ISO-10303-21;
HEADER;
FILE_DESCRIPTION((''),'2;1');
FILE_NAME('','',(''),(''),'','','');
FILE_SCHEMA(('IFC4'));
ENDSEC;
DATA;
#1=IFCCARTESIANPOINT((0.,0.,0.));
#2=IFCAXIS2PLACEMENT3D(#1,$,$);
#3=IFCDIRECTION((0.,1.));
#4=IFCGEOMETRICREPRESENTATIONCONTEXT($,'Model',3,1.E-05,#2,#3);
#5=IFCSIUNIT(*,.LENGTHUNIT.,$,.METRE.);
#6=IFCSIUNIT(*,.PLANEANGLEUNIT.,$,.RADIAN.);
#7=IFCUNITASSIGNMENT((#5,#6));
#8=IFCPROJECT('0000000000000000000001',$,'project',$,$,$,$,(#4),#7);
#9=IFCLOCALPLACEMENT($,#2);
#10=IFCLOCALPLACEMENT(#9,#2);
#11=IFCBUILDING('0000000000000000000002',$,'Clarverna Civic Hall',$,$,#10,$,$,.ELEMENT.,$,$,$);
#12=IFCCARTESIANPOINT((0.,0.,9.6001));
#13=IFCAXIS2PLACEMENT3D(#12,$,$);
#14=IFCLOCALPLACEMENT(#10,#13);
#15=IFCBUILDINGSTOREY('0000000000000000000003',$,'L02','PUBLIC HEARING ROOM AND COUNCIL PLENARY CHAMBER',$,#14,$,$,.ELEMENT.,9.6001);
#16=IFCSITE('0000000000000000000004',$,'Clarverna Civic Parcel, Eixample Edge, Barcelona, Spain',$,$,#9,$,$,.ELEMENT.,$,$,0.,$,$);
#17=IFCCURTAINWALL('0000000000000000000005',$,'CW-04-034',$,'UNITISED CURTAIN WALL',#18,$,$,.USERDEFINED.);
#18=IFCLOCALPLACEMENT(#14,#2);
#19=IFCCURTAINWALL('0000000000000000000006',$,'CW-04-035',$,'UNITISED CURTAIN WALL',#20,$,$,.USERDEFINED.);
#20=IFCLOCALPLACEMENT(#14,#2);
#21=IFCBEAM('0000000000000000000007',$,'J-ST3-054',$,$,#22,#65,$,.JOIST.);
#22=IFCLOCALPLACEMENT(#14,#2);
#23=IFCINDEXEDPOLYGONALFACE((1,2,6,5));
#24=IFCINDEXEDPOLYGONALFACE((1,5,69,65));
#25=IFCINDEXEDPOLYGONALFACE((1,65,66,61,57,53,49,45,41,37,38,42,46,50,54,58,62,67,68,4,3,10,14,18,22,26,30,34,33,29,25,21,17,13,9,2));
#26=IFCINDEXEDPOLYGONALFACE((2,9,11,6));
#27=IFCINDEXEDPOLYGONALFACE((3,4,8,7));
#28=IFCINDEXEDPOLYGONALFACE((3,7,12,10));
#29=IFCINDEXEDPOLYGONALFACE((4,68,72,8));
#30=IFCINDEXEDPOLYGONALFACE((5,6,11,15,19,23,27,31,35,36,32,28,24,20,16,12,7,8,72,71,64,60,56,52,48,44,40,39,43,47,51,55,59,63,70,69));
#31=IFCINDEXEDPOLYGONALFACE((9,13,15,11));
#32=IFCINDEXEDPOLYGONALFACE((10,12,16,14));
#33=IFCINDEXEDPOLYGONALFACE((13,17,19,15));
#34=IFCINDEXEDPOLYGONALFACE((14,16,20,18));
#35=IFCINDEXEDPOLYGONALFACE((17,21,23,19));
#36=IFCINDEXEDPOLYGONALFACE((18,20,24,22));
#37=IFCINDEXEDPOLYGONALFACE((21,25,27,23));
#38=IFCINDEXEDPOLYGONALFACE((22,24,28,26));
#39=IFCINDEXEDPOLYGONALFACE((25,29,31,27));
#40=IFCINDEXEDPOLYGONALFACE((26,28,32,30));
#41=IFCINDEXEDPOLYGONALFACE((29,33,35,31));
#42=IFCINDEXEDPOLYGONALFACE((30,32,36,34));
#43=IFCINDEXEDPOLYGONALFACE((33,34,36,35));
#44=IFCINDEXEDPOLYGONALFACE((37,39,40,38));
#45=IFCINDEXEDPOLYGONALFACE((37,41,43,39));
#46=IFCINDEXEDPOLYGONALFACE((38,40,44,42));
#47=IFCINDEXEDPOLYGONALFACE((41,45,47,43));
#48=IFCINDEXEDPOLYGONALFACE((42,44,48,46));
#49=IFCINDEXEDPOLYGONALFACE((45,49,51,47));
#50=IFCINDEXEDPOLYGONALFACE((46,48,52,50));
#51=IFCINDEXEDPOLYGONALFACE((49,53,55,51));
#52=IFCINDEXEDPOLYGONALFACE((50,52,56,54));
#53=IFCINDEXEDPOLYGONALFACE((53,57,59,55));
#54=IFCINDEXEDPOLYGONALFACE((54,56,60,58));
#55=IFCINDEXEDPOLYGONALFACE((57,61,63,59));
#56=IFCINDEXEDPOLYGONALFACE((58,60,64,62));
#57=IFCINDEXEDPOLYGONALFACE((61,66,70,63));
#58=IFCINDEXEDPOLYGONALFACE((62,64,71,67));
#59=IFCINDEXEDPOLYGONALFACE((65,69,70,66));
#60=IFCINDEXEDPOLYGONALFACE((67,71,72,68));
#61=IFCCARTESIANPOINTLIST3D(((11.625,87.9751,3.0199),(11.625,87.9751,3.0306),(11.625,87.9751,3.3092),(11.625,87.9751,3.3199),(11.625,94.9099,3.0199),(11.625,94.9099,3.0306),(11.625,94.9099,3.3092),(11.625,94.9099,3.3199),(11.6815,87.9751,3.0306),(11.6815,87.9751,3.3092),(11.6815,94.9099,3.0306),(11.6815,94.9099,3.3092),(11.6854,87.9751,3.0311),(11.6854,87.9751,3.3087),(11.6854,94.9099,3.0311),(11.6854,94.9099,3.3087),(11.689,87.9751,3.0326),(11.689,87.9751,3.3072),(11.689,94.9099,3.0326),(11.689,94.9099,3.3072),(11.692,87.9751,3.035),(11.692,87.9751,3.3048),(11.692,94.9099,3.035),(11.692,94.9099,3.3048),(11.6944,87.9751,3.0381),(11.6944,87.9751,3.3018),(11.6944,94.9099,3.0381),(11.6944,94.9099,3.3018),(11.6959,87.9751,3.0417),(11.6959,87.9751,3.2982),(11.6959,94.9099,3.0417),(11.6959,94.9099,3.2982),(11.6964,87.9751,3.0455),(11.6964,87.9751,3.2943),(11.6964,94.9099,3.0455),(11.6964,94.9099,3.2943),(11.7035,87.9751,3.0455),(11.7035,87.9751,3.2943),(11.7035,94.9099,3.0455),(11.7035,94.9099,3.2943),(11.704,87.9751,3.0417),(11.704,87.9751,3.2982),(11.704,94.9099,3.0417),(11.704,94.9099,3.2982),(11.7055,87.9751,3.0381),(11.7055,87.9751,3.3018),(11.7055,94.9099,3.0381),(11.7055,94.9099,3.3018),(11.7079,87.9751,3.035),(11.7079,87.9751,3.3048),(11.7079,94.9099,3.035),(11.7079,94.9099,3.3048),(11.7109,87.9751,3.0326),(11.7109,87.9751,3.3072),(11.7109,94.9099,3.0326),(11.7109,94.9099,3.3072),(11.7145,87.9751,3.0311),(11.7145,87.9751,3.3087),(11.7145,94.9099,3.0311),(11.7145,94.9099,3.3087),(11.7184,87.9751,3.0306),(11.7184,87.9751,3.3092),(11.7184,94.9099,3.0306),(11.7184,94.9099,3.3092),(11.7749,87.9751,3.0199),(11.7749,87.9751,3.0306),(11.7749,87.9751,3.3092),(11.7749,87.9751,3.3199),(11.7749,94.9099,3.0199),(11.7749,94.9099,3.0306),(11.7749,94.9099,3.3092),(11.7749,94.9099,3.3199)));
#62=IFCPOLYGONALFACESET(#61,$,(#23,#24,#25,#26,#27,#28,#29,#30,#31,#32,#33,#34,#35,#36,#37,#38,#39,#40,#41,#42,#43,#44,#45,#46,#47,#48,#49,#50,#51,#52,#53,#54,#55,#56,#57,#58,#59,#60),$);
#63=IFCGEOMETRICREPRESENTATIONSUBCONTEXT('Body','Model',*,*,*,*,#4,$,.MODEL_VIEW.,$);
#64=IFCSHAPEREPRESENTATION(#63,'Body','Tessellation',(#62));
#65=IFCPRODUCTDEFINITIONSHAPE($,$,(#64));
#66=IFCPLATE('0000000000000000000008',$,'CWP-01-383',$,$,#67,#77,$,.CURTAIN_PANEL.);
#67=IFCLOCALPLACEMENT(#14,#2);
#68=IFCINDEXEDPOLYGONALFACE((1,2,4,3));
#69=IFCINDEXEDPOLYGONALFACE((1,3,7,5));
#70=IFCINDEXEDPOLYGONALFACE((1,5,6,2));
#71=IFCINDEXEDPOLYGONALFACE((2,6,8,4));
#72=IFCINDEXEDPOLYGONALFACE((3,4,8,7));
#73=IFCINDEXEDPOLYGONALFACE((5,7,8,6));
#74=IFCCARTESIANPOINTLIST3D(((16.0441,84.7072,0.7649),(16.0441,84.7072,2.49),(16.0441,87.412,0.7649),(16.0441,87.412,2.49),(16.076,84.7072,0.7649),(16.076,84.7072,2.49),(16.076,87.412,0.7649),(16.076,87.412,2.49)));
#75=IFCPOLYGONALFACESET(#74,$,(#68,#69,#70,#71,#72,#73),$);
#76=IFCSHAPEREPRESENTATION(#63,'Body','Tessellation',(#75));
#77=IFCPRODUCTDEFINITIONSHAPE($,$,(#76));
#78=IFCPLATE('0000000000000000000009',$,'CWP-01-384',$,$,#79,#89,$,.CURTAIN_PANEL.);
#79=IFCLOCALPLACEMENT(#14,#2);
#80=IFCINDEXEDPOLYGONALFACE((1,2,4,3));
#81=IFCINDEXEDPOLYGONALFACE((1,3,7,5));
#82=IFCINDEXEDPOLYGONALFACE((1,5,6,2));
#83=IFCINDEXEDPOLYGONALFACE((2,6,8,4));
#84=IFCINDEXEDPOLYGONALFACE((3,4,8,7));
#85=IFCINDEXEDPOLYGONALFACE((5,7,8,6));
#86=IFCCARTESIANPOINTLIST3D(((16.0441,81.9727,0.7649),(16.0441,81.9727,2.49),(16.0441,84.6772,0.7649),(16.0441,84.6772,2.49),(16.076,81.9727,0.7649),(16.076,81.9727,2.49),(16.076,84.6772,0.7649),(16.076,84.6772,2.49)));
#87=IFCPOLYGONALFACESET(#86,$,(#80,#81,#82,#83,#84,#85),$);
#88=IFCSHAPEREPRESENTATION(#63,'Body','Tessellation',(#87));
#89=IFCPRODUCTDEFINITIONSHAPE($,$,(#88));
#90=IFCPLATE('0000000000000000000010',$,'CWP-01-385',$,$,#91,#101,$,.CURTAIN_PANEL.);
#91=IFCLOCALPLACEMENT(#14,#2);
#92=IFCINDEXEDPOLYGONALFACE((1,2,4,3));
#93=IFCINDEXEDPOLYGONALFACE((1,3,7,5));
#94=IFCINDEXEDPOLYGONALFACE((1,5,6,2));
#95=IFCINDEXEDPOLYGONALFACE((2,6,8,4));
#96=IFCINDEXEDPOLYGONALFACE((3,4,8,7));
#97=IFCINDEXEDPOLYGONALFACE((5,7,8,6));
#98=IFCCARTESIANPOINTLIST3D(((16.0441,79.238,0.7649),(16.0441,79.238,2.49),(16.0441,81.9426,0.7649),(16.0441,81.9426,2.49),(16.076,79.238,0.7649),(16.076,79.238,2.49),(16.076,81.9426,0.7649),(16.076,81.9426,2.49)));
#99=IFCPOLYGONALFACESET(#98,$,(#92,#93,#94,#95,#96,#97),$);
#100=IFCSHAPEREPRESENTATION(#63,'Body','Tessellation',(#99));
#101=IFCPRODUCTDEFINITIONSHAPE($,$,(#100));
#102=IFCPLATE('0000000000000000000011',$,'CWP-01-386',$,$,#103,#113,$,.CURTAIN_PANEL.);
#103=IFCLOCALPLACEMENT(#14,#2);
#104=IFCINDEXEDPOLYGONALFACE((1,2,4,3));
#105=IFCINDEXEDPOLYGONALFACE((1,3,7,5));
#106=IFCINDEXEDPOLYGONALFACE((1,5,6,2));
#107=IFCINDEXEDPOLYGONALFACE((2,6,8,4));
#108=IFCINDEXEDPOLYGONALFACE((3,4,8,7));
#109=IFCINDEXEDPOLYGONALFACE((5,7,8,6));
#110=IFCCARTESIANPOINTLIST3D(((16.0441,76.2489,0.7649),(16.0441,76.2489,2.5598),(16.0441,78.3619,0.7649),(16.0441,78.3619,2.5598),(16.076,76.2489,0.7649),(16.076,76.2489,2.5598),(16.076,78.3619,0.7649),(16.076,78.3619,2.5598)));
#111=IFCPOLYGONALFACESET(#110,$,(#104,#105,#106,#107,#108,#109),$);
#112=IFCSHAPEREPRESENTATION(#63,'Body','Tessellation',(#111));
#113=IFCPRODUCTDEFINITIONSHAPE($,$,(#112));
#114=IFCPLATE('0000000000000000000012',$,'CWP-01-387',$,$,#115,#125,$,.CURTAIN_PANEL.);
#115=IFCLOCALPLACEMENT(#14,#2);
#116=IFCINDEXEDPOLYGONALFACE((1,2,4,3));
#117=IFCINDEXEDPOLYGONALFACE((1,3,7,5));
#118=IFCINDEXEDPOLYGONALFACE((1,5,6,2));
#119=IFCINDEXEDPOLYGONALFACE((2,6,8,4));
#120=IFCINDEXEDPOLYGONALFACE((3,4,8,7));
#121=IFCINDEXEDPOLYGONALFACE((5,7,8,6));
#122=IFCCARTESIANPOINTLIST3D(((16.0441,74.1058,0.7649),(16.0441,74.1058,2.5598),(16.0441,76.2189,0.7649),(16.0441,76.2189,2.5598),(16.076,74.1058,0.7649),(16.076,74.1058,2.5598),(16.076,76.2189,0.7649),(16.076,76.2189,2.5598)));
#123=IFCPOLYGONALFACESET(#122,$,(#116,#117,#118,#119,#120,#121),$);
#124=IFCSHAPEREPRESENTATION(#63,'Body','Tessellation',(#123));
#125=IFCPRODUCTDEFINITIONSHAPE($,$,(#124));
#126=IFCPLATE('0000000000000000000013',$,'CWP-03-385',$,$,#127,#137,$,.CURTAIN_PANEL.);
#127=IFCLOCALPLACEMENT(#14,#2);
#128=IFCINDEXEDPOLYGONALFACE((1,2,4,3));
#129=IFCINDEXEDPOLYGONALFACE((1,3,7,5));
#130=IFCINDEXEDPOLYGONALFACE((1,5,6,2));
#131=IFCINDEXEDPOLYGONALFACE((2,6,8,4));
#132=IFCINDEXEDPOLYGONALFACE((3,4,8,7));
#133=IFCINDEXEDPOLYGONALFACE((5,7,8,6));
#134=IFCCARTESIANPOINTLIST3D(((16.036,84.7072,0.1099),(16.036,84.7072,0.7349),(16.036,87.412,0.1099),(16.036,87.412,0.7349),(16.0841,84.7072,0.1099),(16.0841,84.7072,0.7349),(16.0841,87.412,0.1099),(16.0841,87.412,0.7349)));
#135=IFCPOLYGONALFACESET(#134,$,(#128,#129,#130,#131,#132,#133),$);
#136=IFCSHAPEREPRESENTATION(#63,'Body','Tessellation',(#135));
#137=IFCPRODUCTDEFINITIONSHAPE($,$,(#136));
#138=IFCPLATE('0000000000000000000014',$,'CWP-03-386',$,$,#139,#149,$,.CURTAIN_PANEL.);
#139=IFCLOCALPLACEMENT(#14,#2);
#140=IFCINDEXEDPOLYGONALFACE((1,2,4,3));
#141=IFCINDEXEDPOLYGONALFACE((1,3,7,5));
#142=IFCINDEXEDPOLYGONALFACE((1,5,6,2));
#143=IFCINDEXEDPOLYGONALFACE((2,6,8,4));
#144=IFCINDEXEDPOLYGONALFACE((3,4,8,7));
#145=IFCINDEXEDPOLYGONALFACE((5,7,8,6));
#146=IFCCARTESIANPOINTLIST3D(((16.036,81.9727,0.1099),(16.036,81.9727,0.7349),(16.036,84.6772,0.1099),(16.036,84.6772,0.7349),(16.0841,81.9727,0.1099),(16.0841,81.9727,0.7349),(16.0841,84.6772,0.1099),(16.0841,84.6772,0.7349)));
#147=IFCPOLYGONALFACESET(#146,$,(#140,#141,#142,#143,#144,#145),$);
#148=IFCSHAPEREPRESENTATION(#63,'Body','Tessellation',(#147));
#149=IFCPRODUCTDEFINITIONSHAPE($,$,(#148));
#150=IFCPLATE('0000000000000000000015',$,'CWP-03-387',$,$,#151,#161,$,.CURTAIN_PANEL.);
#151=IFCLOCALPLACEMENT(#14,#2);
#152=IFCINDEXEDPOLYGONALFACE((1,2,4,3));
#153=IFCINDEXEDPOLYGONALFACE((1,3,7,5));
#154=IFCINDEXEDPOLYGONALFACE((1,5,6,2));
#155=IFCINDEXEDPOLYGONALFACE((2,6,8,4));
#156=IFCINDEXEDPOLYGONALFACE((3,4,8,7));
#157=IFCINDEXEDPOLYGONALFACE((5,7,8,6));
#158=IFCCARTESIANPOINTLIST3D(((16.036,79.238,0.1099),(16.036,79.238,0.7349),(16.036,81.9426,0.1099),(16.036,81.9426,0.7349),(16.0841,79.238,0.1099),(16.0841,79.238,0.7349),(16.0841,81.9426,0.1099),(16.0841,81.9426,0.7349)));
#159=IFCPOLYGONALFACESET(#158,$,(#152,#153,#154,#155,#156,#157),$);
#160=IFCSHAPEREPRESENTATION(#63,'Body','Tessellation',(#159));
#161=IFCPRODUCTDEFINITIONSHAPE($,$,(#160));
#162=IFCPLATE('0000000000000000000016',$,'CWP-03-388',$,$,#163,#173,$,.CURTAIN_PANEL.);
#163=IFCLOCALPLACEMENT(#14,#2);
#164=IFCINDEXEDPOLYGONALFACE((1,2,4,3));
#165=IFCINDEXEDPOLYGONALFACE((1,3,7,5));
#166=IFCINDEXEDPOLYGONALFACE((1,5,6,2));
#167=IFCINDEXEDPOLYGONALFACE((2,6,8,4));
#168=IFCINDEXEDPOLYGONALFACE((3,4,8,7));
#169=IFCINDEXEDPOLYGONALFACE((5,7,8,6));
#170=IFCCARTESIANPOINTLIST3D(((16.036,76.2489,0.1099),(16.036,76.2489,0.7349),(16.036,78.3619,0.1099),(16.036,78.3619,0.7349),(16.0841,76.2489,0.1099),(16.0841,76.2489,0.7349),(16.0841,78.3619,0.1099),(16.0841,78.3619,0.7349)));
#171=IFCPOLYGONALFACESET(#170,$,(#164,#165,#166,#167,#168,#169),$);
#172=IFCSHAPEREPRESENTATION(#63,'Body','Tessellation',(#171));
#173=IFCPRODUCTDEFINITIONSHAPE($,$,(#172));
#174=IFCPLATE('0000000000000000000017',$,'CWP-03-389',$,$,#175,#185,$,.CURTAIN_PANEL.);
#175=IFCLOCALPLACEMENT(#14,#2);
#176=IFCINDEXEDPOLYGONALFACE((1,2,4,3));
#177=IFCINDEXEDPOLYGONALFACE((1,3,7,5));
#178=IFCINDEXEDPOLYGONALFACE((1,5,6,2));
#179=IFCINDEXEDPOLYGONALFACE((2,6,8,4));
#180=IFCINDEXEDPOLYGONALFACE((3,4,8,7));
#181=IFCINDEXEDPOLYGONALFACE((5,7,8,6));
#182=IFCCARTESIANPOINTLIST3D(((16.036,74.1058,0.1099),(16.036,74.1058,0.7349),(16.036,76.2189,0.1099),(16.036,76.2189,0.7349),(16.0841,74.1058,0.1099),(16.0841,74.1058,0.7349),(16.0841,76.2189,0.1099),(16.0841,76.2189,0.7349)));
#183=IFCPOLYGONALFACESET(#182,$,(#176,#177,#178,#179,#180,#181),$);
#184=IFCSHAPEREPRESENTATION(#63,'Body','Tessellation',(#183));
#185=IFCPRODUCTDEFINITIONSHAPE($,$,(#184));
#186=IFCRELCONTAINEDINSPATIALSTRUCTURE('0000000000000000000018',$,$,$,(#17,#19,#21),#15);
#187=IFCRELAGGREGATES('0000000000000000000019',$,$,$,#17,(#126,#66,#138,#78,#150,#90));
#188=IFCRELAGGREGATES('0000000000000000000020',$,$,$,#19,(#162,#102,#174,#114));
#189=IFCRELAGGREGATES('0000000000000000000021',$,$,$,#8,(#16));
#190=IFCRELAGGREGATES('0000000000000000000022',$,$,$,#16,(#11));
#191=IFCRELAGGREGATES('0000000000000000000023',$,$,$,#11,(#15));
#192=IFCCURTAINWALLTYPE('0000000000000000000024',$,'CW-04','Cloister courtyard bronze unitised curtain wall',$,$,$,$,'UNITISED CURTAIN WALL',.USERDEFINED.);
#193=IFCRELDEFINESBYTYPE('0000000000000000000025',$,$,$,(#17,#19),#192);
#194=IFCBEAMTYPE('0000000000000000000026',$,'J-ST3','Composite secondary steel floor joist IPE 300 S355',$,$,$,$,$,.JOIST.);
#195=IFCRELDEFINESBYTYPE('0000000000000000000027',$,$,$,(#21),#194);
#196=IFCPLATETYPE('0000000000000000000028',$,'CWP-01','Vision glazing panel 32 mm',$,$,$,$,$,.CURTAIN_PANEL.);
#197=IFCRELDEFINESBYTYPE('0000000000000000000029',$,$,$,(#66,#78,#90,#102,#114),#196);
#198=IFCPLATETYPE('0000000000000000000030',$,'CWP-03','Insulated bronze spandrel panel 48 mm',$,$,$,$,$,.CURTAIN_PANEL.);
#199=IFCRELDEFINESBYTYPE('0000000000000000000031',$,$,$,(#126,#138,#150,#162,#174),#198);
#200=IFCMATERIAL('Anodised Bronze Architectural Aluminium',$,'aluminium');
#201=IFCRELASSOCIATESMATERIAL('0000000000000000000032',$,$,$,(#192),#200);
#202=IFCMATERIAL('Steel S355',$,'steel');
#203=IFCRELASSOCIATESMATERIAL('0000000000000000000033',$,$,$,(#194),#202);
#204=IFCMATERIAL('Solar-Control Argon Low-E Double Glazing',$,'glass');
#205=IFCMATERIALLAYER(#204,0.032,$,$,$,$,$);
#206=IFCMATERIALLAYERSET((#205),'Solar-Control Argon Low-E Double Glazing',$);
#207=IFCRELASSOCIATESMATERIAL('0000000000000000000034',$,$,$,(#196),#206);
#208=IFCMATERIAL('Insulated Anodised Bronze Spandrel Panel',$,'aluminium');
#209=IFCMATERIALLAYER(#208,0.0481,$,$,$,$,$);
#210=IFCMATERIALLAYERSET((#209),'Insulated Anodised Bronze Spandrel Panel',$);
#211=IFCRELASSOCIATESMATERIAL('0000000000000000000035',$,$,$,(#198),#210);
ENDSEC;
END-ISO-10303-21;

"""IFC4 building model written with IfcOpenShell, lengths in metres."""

from ifc_helpers import new_model, si_unit, direction, frame, frame_2d, origin, origin_2d, place, context, subcontext, project, spatial, rectangle, i_section, extrude, material, layer, layer_set, material_profile, profile_set, type_object, element, aggregate, save


model = new_model("IFC4")

# Units and contexts
model_context = context("Model", 3, precision=1e-05, world=origin(), true_north=direction((0.0, 1.0)))
body_context = subcontext(model_context, "Body", "Model", "MODEL_VIEW")
ifc_project = project(units=[si_unit("LENGTHUNIT", "METRE"), si_unit("PLANEANGLEUNIT", "RADIAN")], contexts=[model_context])

# Site, building, storey
site_placement = place(None, origin())
site = spatial("IfcSite", under=ifc_project, at=site_placement, Name="Clarverna Civic Parcel, Eixample Edge, Barcelona, Spain", CompositionType="ELEMENT", RefElevation=0.0)
building_placement = place(site_placement, origin())
building = spatial("IfcBuilding", under=site, at=building_placement, Name="Clarverna Civic Hall", CompositionType="ELEMENT")
storey_placement = place(building_placement, frame((0.0, 0.0, 9.6001)))
storey = spatial("IfcBuildingStorey", under=building, at=storey_placement, Name="L02", Description="PUBLIC HEARING ROOM AND COUNCIL PLENARY CHAMBER", CompositionType="ELEMENT", Elevation=9.6001)

# Curtain walls
ifc_material_1 = material(Name="Anodised Bronze Architectural Aluminium", Category="aluminium")
curtain_wall_type = type_object("IfcCurtainWallType", Name="CW-04", Description="Cloister courtyard bronze unitised curtain wall", ElementType="UNITISED CURTAIN WALL", PredefinedType="USERDEFINED", material=ifc_material_1)
curtain_wall_1_placement = place(storey_placement, origin())
curtain_wall_1 = element("IfcCurtainWall", 1, at=curtain_wall_1_placement, inside=storey, type_object=curtain_wall_type, Name="CW-04-034", ObjectType="UNITISED CURTAIN WALL", PredefinedType="USERDEFINED")
curtain_wall_2_placement = place(storey_placement, origin())
curtain_wall_2 = element("IfcCurtainWall", 2, at=curtain_wall_2_placement, inside=storey, type_object=curtain_wall_type, Name="CW-04-035", ObjectType="UNITISED CURTAIN WALL", PredefinedType="USERDEFINED")

# Beam
ifc_material_2 = material(Name="Steel S355", Category="steel")
ifc_material_profile_1 = material_profile(ifc_material_2, i_section(OverallWidth=0.1499, OverallDepth=0.3, WebThickness=0.0071, FlangeThickness=0.0107, FilletRadius=0.0149, at=origin_2d()), Name="IPE 300")
ifc_profile_set_1 = profile_set([ifc_material_profile_1], Name="Steel S355")
beam_type_1 = type_object("IfcBeamType", Name="J-ST3", Description="Composite secondary steel floor joist IPE 300 S355", PredefinedType="JOIST", material=ifc_profile_set_1)
beam_1_placement = place(storey_placement, frame((11.7, 87.9751, 3.1699), z_axis=(0.0, 1.0, 0.0), x_axis=(-1.0, 0.0, 0.0)))
element("IfcBeam", 3, at=beam_1_placement, inside=storey, type_object=beam_type_1, Name="J-ST3-054", PredefinedType="JOIST", context=body_context, shape_type="SweptSolid", body=[
    extrude(i_section(OverallWidth=0.1499, OverallDepth=0.3, WebThickness=0.0071, FlangeThickness=0.0107, FilletRadius=0.0149, at=origin_2d()), origin(), (0.0, 0.0, 1.0), 6.9348),
])

# Plates
ifc_material_3 = material(Name="Solar-Control Argon Low-E Double Glazing", Category="glass")
ifc_layer_1 = layer(ifc_material_3, 0.032)
ifc_layer_set_1 = layer_set([ifc_layer_1], Name="Solar-Control Argon Low-E Double Glazing")
plate_type_1 = type_object("IfcPlateType", Name="CWP-01", Description="Vision glazing panel 32 mm", PredefinedType="CURTAIN_PANEL", material=ifc_layer_set_1)
plate_1_placement = place(storey_placement, frame((16.0601, 87.4121, 0.7649), z_axis=(0.0, 0.0, 1.0), x_axis=(0.0, -1.0, 0.0)))
plate_1 = element("IfcPlate", 4, at=plate_1_placement, type_object=plate_type_1, Name="CWP-01-383", PredefinedType="CURTAIN_PANEL", context=body_context, shape_type="SweptSolid", body=[
    extrude(rectangle(XDim=2.7048, YDim=0.032, at=frame_2d((1.3525, 0.0))), origin(), (0.0, 0.0, 1.0), 1.7251),
])
plate_2_placement = place(storey_placement, frame((16.0601, 84.6772, 0.7649), z_axis=(0.0, 0.0, 1.0), x_axis=(0.0, -1.0, 0.0)))
plate_2 = element("IfcPlate", 5, at=plate_2_placement, type_object=plate_type_1, Name="CWP-01-384", PredefinedType="CURTAIN_PANEL", context=body_context, shape_type="SweptSolid", body=[
    extrude(rectangle(XDim=2.7046, YDim=0.032, at=frame_2d((1.3523, 0.0))), origin(), (0.0, 0.0, 1.0), 1.7251),
])
plate_3_placement = place(storey_placement, frame((16.0601, 81.9426, 0.7649), z_axis=(0.0, 0.0, 1.0), x_axis=(0.0, -1.0, 0.0)))
plate_3 = element("IfcPlate", 6, at=plate_3_placement, type_object=plate_type_1, Name="CWP-01-385", PredefinedType="CURTAIN_PANEL", context=body_context, shape_type="SweptSolid", body=[
    extrude(rectangle(XDim=2.7046, YDim=0.032, at=frame_2d((1.3523, 0.0))), origin(), (0.0, 0.0, 1.0), 1.7251),
])
plate_4_placement = place(storey_placement, frame((16.0601, 78.3621, 0.7649), z_axis=(0.0, 0.0, 1.0), x_axis=(0.0, -1.0, 0.0)))
plate_4 = element("IfcPlate", 7, at=plate_4_placement, type_object=plate_type_1, Name="CWP-01-386", PredefinedType="CURTAIN_PANEL", context=body_context, shape_type="SweptSolid", body=[
    extrude(rectangle(XDim=2.113, YDim=0.032, at=frame_2d((1.0566, 0.0))), origin(), (0.0, 0.0, 1.0), 1.7949),
])
plate_5_placement = place(storey_placement, frame((16.0601, 76.219, 0.7649), z_axis=(0.0, 0.0, 1.0), x_axis=(0.0, -1.0, 0.0)))
plate_5 = element("IfcPlate", 8, at=plate_5_placement, type_object=plate_type_1, Name="CWP-01-387", PredefinedType="CURTAIN_PANEL", context=body_context, shape_type="SweptSolid", body=[
    extrude(rectangle(XDim=2.113, YDim=0.032, at=frame_2d((1.0566, 0.0))), origin(), (0.0, 0.0, 1.0), 1.7949),
])
ifc_material_4 = material(Name="Insulated Anodised Bronze Spandrel Panel", Category="aluminium")
ifc_layer_2 = layer(ifc_material_4, 0.0481)
ifc_layer_set_2 = layer_set([ifc_layer_2], Name="Insulated Anodised Bronze Spandrel Panel")
plate_type_2 = type_object("IfcPlateType", Name="CWP-03", Description="Insulated bronze spandrel panel 48 mm", PredefinedType="CURTAIN_PANEL", material=ifc_layer_set_2)
plate_6_placement = place(storey_placement, frame((16.0601, 87.4121, 0.1099), z_axis=(0.0, 0.0, 1.0), x_axis=(0.0, -1.0, 0.0)))
plate_6 = element("IfcPlate", 9, at=plate_6_placement, type_object=plate_type_2, Name="CWP-03-385", PredefinedType="CURTAIN_PANEL", context=body_context, shape_type="SweptSolid", body=[
    extrude(rectangle(XDim=2.7048, YDim=0.0481, at=frame_2d((1.3525, 0.0))), origin(), (0.0, 0.0, 1.0), 0.625),
])
plate_7_placement = place(storey_placement, frame((16.0601, 84.6772, 0.1099), z_axis=(0.0, 0.0, 1.0), x_axis=(0.0, -1.0, 0.0)))
plate_7 = element("IfcPlate", 10, at=plate_7_placement, type_object=plate_type_2, Name="CWP-03-386", PredefinedType="CURTAIN_PANEL", context=body_context, shape_type="SweptSolid", body=[
    extrude(rectangle(XDim=2.7046, YDim=0.0481, at=frame_2d((1.3523, 0.0))), origin(), (0.0, 0.0, 1.0), 0.625),
])
plate_8_placement = place(storey_placement, frame((16.0601, 81.9426, 0.1099), z_axis=(0.0, 0.0, 1.0), x_axis=(0.0, -1.0, 0.0)))
plate_8 = element("IfcPlate", 11, at=plate_8_placement, type_object=plate_type_2, Name="CWP-03-387", PredefinedType="CURTAIN_PANEL", context=body_context, shape_type="SweptSolid", body=[
    extrude(rectangle(XDim=2.7046, YDim=0.0481, at=frame_2d((1.3523, 0.0))), origin(), (0.0, 0.0, 1.0), 0.625),
])
aggregate(curtain_wall_1, [plate_6, plate_1, plate_7, plate_2, plate_8, plate_3])
plate_9_placement = place(storey_placement, frame((16.0601, 78.3621, 0.1099), z_axis=(0.0, 0.0, 1.0), x_axis=(0.0, -1.0, 0.0)))
plate_9 = element("IfcPlate", 12, at=plate_9_placement, type_object=plate_type_2, Name="CWP-03-388", PredefinedType="CURTAIN_PANEL", context=body_context, shape_type="SweptSolid", body=[
    extrude(rectangle(XDim=2.113, YDim=0.0481, at=frame_2d((1.0566, 0.0))), origin(), (0.0, 0.0, 1.0), 0.625),
])
plate_10_placement = place(storey_placement, frame((16.0601, 76.219, 0.1099), z_axis=(0.0, 0.0, 1.0), x_axis=(0.0, -1.0, 0.0)))
plate_10 = element("IfcPlate", 13, at=plate_10_placement, type_object=plate_type_2, Name="CWP-03-389", PredefinedType="CURTAIN_PANEL", context=body_context, shape_type="SweptSolid", body=[
    extrude(rectangle(XDim=2.113, YDim=0.0481, at=frame_2d((1.0566, 0.0))), origin(), (0.0, 0.0, 1.0), 0.625),
])
aggregate(curtain_wall_2, [plate_9, plate_4, plate_10, plate_5])

save(model, "model.ifc")
